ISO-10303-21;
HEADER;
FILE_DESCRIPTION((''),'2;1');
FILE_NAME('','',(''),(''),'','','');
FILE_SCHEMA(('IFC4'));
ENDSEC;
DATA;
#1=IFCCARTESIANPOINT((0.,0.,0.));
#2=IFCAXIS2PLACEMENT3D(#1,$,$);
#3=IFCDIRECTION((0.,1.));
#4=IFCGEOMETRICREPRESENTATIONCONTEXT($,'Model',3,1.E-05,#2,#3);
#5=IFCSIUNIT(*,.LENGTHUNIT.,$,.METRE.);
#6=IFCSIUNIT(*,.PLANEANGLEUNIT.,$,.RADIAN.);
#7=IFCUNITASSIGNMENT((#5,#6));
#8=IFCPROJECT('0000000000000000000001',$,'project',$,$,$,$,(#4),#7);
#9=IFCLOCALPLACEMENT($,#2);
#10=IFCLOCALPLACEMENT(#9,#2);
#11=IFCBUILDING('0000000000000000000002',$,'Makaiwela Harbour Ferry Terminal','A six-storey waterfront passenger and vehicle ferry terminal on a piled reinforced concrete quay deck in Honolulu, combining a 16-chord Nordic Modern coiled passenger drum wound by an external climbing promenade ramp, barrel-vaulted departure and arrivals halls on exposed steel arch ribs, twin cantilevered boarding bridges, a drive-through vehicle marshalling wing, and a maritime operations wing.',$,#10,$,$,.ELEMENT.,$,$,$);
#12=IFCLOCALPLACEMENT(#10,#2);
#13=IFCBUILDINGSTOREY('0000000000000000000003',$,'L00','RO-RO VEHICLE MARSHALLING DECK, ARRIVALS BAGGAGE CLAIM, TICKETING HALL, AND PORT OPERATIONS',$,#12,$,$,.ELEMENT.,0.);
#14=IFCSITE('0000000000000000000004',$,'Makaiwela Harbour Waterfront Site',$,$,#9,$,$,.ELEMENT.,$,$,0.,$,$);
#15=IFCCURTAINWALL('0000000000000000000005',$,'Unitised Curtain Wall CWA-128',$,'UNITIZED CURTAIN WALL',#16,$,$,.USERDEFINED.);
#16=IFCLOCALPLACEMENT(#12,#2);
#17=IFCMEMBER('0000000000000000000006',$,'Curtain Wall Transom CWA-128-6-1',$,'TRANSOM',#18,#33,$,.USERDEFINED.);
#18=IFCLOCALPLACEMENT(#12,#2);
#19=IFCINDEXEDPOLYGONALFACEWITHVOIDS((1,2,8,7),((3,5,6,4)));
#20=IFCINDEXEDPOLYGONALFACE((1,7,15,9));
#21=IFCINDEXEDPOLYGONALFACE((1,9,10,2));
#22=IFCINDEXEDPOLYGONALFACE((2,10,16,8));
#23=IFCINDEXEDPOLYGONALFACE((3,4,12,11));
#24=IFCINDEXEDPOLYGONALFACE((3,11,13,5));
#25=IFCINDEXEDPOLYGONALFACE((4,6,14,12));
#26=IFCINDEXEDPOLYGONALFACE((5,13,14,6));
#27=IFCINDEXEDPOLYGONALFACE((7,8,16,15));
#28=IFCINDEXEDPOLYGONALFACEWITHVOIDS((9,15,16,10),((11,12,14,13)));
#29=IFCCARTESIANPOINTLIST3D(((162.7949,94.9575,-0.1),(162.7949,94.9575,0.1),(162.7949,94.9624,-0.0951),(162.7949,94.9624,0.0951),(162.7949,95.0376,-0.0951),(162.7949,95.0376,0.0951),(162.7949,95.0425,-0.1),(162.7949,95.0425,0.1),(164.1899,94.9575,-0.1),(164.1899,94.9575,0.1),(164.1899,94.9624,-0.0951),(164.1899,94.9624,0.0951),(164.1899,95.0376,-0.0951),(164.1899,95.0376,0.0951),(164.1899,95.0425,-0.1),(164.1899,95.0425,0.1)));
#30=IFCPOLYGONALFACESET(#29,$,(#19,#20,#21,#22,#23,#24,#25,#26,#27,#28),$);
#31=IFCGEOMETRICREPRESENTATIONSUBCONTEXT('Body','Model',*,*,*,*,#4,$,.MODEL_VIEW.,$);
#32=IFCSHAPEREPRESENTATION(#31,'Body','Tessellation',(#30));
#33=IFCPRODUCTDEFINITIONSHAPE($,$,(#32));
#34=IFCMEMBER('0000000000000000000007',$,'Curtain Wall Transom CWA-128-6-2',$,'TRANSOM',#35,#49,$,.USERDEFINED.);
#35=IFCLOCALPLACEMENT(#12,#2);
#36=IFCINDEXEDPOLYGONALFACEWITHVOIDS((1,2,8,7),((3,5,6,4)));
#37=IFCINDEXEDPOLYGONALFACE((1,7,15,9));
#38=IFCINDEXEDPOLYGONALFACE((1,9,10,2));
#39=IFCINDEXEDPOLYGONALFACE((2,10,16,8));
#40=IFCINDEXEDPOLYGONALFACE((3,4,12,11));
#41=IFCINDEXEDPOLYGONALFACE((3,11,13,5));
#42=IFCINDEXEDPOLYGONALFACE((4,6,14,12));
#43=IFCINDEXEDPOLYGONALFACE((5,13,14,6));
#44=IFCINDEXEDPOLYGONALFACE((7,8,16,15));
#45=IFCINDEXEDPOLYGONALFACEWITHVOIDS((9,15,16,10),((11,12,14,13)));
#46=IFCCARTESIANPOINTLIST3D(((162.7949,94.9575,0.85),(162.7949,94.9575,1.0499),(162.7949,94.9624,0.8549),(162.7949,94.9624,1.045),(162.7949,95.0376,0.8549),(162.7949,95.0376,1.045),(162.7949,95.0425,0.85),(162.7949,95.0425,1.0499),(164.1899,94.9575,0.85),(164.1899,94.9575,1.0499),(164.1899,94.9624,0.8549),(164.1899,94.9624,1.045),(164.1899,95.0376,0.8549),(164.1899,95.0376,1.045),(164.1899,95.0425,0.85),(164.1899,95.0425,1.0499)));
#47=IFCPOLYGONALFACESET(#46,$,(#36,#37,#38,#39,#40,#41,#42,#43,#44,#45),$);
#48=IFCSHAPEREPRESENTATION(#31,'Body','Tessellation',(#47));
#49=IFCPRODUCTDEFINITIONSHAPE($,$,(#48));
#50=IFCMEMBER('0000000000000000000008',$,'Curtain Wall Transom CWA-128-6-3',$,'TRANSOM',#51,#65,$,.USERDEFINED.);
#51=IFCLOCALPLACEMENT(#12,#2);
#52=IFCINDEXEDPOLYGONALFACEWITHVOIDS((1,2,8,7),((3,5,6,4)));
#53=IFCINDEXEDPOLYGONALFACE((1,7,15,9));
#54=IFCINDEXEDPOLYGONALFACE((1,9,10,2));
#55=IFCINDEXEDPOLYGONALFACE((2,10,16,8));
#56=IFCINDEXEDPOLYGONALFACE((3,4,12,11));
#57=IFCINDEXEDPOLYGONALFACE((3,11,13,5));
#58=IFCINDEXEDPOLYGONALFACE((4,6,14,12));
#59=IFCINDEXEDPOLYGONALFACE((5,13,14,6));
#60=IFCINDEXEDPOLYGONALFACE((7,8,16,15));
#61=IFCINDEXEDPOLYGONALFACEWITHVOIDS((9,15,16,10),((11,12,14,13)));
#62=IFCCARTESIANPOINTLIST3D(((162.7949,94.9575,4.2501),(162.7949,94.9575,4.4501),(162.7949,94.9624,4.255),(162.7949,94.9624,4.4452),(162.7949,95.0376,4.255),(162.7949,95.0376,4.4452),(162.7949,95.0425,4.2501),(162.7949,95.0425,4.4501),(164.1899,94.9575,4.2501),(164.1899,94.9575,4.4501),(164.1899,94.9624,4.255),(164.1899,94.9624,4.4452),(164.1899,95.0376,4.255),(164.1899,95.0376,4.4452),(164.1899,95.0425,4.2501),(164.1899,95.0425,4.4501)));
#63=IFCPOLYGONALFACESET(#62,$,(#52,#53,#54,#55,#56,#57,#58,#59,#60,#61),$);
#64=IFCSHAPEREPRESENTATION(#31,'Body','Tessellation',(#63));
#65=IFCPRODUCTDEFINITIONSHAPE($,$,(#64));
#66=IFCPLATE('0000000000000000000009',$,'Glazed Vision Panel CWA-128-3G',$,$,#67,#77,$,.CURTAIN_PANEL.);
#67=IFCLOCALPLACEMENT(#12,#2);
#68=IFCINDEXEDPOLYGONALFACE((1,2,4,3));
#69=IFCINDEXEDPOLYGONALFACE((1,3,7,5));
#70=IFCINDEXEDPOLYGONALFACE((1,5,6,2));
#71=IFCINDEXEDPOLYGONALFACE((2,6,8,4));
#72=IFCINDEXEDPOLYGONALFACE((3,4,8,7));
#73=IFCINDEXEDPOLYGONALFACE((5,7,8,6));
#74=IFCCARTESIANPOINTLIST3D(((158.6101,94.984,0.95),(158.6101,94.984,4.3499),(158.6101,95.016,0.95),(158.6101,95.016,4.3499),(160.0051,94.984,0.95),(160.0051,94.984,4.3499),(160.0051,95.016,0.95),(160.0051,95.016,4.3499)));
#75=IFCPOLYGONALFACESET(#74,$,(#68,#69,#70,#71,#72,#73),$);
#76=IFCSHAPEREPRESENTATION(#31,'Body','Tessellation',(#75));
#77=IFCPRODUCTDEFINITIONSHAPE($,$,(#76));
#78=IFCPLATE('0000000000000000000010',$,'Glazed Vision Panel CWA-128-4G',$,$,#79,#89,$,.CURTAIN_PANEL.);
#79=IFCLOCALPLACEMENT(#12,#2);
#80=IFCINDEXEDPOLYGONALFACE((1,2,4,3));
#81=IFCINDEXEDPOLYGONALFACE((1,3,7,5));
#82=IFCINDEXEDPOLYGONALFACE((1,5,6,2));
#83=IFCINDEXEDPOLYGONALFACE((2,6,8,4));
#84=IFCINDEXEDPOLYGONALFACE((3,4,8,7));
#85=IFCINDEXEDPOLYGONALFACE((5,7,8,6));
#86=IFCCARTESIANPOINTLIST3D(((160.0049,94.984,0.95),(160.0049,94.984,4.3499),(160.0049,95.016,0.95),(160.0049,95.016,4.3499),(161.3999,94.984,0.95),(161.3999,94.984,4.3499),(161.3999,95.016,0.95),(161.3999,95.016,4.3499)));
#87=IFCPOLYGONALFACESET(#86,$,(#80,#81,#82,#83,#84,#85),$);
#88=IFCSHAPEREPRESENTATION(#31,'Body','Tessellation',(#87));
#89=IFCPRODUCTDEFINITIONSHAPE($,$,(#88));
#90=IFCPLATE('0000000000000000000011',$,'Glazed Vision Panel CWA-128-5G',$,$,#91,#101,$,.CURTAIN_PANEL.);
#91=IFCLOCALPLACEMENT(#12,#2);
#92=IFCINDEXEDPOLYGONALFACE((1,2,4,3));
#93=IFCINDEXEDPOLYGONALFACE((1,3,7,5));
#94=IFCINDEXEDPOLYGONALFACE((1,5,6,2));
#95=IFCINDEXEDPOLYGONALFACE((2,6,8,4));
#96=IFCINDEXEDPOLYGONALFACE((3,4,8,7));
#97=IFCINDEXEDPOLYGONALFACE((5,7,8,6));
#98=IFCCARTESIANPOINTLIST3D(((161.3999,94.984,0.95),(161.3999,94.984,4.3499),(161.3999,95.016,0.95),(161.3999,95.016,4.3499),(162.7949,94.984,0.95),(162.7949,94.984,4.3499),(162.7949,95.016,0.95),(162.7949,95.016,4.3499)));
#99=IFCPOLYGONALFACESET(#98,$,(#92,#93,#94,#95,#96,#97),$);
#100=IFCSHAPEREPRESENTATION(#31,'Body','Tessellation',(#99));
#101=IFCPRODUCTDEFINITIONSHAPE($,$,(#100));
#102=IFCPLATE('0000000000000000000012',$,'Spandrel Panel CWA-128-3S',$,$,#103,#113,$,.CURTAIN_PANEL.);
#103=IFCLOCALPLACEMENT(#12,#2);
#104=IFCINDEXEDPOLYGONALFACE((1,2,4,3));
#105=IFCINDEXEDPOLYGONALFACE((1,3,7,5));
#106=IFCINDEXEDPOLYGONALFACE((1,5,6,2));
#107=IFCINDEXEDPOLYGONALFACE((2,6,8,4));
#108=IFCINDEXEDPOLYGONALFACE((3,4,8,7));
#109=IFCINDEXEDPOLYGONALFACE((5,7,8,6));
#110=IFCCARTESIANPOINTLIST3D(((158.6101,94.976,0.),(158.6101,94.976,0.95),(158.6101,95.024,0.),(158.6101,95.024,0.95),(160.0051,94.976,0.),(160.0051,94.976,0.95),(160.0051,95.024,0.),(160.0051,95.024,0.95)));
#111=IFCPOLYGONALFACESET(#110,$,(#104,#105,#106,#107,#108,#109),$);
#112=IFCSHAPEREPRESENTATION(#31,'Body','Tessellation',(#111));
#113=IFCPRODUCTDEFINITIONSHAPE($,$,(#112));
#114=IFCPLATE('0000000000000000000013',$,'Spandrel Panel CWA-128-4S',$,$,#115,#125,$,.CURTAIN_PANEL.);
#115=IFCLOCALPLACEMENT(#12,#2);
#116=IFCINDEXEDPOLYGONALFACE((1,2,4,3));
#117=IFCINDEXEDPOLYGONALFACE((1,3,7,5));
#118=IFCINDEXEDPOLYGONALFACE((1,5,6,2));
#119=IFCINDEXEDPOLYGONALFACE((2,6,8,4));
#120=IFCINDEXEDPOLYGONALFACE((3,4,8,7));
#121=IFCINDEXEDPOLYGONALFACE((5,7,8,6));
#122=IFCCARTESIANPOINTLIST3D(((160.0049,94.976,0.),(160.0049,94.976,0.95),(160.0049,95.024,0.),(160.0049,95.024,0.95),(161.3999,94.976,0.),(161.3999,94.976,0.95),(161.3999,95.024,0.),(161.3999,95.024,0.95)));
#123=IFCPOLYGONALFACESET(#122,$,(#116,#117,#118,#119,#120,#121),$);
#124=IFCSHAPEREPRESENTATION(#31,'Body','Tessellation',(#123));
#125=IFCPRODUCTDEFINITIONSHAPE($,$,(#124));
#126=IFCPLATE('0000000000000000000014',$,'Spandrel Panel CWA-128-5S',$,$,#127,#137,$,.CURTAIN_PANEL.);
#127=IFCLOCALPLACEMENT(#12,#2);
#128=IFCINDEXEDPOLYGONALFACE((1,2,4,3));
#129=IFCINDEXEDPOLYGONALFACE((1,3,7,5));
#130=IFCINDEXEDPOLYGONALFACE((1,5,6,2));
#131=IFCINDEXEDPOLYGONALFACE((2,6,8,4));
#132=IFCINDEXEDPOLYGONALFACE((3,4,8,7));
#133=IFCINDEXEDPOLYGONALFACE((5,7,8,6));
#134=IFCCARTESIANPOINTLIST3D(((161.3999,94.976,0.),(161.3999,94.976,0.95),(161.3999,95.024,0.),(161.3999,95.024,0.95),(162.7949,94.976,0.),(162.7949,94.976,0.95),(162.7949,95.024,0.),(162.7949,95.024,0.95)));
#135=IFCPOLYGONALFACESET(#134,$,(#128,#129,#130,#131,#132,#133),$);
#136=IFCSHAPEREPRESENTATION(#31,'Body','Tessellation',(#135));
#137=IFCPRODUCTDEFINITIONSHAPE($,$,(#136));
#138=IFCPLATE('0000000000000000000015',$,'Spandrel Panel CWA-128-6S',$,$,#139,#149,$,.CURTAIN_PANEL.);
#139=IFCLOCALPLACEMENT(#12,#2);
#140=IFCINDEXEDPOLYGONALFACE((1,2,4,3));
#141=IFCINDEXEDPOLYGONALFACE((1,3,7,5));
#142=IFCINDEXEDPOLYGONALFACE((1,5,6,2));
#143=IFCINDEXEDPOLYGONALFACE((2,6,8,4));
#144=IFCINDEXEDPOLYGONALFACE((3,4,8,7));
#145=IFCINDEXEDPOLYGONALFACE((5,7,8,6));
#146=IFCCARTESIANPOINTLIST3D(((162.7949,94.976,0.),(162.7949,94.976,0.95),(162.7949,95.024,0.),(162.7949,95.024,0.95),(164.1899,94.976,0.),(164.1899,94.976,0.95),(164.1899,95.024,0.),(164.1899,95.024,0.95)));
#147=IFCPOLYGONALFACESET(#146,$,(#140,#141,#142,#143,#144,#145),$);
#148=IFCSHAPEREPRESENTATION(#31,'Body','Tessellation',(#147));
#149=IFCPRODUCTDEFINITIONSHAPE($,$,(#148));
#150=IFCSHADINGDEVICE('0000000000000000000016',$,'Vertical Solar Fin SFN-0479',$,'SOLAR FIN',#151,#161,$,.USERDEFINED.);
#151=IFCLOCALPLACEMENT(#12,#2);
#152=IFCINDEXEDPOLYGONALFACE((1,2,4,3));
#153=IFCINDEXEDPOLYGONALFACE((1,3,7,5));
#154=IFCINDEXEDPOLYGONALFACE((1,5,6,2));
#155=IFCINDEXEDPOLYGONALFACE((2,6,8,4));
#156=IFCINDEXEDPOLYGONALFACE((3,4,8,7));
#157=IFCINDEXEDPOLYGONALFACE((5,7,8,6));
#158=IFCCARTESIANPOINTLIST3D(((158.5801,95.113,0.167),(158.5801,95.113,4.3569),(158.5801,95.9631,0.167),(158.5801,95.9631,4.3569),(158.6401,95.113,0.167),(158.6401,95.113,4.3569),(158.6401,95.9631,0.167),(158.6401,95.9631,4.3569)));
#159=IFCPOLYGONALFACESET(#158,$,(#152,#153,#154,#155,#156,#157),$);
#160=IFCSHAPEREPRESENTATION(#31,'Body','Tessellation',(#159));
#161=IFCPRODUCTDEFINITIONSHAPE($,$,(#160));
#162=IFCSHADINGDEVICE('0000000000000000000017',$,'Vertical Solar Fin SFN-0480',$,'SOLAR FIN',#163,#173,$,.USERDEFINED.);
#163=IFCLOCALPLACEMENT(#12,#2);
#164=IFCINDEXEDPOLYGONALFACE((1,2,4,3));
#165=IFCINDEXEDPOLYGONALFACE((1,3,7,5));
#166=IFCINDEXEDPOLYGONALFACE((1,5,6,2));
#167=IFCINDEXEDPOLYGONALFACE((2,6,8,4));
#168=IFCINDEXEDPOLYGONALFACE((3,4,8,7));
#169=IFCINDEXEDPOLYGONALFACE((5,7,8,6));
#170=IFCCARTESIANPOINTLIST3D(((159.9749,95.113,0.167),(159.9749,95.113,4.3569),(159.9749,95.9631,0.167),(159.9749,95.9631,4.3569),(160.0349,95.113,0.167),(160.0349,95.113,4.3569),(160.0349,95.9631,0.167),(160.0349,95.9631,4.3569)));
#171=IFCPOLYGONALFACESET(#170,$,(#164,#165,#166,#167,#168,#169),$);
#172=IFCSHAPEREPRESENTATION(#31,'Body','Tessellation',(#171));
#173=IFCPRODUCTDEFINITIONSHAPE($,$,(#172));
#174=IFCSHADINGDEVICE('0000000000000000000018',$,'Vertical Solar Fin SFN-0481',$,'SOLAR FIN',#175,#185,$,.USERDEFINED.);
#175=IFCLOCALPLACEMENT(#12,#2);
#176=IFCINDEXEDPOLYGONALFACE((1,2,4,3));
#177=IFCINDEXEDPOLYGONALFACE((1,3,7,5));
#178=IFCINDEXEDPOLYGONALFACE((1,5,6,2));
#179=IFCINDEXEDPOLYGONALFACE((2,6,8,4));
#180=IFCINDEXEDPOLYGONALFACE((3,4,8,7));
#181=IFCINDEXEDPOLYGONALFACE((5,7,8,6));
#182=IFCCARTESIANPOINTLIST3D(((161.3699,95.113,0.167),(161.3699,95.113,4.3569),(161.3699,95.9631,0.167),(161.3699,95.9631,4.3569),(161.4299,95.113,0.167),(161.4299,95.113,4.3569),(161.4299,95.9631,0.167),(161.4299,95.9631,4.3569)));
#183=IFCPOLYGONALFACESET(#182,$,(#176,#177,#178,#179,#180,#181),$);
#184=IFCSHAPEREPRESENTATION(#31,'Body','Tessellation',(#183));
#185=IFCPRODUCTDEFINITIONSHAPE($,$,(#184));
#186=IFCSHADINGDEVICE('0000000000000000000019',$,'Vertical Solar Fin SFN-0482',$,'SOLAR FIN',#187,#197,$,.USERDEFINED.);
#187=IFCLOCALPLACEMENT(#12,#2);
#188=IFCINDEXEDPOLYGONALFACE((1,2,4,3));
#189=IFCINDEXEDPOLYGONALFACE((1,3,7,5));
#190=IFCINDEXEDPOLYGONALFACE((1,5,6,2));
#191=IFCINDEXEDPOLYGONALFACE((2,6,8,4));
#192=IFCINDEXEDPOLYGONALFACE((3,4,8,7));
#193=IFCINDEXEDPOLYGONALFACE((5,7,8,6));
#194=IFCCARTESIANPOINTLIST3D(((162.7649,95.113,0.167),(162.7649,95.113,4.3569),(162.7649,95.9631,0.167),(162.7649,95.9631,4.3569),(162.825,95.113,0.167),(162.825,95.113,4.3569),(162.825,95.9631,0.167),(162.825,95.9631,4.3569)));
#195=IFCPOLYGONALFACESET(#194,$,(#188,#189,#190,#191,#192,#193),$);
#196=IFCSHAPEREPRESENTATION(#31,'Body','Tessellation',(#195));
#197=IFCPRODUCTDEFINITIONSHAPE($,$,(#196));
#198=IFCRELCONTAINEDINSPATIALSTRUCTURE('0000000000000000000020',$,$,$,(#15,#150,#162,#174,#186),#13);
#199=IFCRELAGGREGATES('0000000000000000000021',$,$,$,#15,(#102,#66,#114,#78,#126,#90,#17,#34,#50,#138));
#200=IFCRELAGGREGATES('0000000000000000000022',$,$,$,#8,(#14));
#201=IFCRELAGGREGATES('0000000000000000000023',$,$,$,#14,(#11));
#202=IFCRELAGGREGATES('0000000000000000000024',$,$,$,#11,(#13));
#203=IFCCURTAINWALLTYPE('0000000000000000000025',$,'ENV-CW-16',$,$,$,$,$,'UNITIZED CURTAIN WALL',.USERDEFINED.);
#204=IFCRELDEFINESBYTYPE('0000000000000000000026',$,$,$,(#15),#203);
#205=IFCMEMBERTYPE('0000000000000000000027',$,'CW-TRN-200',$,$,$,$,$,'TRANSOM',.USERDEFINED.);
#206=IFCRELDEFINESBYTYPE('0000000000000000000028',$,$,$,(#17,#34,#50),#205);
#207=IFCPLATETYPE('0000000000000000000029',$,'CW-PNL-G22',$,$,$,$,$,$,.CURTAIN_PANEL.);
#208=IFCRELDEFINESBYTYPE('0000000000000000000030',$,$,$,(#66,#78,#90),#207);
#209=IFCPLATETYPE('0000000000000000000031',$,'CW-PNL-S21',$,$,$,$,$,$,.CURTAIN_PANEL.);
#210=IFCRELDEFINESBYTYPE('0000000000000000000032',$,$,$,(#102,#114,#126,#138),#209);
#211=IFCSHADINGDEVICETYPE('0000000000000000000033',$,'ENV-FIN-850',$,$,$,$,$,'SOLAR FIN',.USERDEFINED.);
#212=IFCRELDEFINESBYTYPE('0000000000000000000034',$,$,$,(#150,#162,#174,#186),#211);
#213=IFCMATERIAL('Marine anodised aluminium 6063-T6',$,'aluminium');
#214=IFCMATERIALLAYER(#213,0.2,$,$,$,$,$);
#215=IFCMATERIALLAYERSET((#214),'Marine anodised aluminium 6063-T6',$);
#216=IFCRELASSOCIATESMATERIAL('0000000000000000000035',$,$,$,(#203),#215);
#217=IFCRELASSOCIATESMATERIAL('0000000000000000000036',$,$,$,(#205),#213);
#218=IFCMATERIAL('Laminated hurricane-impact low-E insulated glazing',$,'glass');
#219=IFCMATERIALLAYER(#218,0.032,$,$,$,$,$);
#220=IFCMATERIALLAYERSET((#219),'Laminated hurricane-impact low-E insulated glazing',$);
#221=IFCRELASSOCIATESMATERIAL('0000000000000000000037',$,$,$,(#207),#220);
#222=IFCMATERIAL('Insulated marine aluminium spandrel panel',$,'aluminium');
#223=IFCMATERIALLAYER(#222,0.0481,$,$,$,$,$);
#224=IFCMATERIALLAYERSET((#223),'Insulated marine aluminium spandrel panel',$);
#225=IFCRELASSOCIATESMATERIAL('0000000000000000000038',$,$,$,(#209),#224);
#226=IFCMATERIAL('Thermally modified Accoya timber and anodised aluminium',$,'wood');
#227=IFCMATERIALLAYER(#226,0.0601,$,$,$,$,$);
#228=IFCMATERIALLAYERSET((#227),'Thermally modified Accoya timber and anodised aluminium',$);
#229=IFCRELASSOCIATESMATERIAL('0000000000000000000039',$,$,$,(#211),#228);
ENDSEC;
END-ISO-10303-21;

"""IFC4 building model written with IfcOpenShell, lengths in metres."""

from ifc_helpers import new_model, si_unit, direction, frame, origin, origin_2d, place, context, subcontext, project, spatial, rectangle, hollow_rectangle, extrude, material, layer, layer_set, material_profile, profile_set, type_object, element, aggregate, save


model = new_model("IFC4")

# Units and contexts
model_context = context("Model", 3, precision=1e-05, world=origin(), true_north=direction((0.0, 1.0)))
body_context = subcontext(model_context, "Body", "Model", "MODEL_VIEW")
ifc_project = project(units=[si_unit("LENGTHUNIT", "METRE"), si_unit("PLANEANGLEUNIT", "RADIAN")], contexts=[model_context])

# Site, building, storey
site_placement = place(None, origin())
site = spatial("IfcSite", under=ifc_project, at=site_placement, Name="Makaiwela Harbour Waterfront Site", CompositionType="ELEMENT", RefElevation=0.0)
building_placement = place(site_placement, origin())
building = spatial("IfcBuilding", under=site, at=building_placement, Name="Makaiwela Harbour Ferry Terminal", Description="A six-storey waterfront passenger and vehicle ferry terminal on a piled reinforced concrete quay deck in Honolulu, combining a 16-chord Nordic Modern coiled passenger drum wound by an external climbing promenade ramp, barrel-vaulted departure and arrivals halls on exposed steel arch ribs, twin cantilevered boarding bridges, a drive-through vehicle marshalling wing, and a maritime operations wing.", CompositionType="ELEMENT")
storey_placement = place(building_placement, origin())
storey = spatial("IfcBuildingStorey", under=building, at=storey_placement, Name="L00", Description="RO-RO VEHICLE MARSHALLING DECK, ARRIVALS BAGGAGE CLAIM, TICKETING HALL, AND PORT OPERATIONS", CompositionType="ELEMENT", Elevation=0.0)

# Curtain wall, members, plates
ifc_material_1 = material(Name="Marine anodised aluminium 6063-T6", Category="aluminium")
ifc_layer_1 = layer(ifc_material_1, 0.2)
ifc_layer_set_1 = layer_set([ifc_layer_1], Name="Marine anodised aluminium 6063-T6")
curtain_wall_type = type_object("IfcCurtainWallType", Name="ENV-CW-16", ElementType="UNITIZED CURTAIN WALL", PredefinedType="USERDEFINED", material=ifc_layer_set_1)
curtain_wall_placement = place(storey_placement, origin())
curtain_wall = element("IfcCurtainWall", 1, at=curtain_wall_placement, inside=storey, type_object=curtain_wall_type, Name="Unitised Curtain Wall CWA-128", ObjectType="UNITIZED CURTAIN WALL", PredefinedType="USERDEFINED")
ifc_material_profile_1 = material_profile(ifc_material_1, hollow_rectangle(XDim=0.085, YDim=0.2, WallThickness=0.0049, at=origin_2d()), Name="CWT-200X85")
ifc_profile_set_1 = profile_set([ifc_material_profile_1], Name="Marine anodised aluminium 6063-T6")
member_type_1 = type_object("IfcMemberType", Name="CW-TRN-200", ElementType="TRANSOM", PredefinedType="USERDEFINED", material=ifc_profile_set_1)
member_1_placement = place(storey_placement, frame((162.7949, 95.0, 0.0), z_axis=(1.0, 0.0, 0.0), x_axis=(0.0, 1.0, 0.0)))
member_1 = element("IfcMember", 2, at=member_1_placement, type_object=member_type_1, Name="Curtain Wall Transom CWA-128-6-1", ObjectType="TRANSOM", PredefinedType="USERDEFINED", context=body_context, shape_type="SweptSolid", body=[
    extrude(hollow_rectangle(XDim=0.085, YDim=0.2, WallThickness=0.0049, at=origin_2d()), origin(), (0.0, 0.0, 1.0), 1.395),
])
member_2_placement = place(storey_placement, frame((162.7949, 95.0, 0.95), z_axis=(1.0, 0.0, 0.0), x_axis=(0.0, 1.0, 0.0)))
member_2 = element("IfcMember", 3, at=member_2_placement, type_object=member_type_1, Name="Curtain Wall Transom CWA-128-6-2", ObjectType="TRANSOM", PredefinedType="USERDEFINED", context=body_context, shape_type="SweptSolid", body=[
    extrude(hollow_rectangle(XDim=0.085, YDim=0.2, WallThickness=0.0049, at=origin_2d()), origin(), (0.0, 0.0, 1.0), 1.395),
])
member_3_placement = place(storey_placement, frame((162.7949, 95.0, 4.3501), z_axis=(1.0, 0.0, 0.0), x_axis=(0.0, 1.0, 0.0)))
member_3 = element("IfcMember", 4, at=member_3_placement, type_object=member_type_1, Name="Curtain Wall Transom CWA-128-6-3", ObjectType="TRANSOM", PredefinedType="USERDEFINED", context=body_context, shape_type="SweptSolid", body=[
    extrude(hollow_rectangle(XDim=0.085, YDim=0.2, WallThickness=0.0049, at=origin_2d()), origin(), (0.0, 0.0, 1.0), 1.395),
])
ifc_material_2 = material(Name="Laminated hurricane-impact low-E insulated glazing", Category="glass")
ifc_layer_2 = layer(ifc_material_2, 0.032)
ifc_layer_set_2 = layer_set([ifc_layer_2], Name="Laminated hurricane-impact low-E insulated glazing")
plate_type_1 = type_object("IfcPlateType", Name="CW-PNL-G22", PredefinedType="CURTAIN_PANEL", material=ifc_layer_set_2)
plate_1_placement = place(storey_placement, frame((159.3076, 95.0, 0.95), z_axis=(0.0, 0.0, 1.0), x_axis=(1.0, 0.0, 0.0)))
plate_1 = element("IfcPlate", 5, at=plate_1_placement, type_object=plate_type_1, Name="Glazed Vision Panel CWA-128-3G", PredefinedType="CURTAIN_PANEL", context=body_context, shape_type="SweptSolid", body=[
    extrude(rectangle(XDim=1.395, YDim=0.032, at=origin_2d()), origin(), (0.0, 0.0, 1.0), 3.3999),
])
plate_2_placement = place(storey_placement, frame((160.7024, 95.0, 0.95), z_axis=(0.0, 0.0, 1.0), x_axis=(1.0, 0.0, 0.0)))
plate_2 = element("IfcPlate", 6, at=plate_2_placement, type_object=plate_type_1, Name="Glazed Vision Panel CWA-128-4G", PredefinedType="CURTAIN_PANEL", context=body_context, shape_type="SweptSolid", body=[
    extrude(rectangle(XDim=1.395, YDim=0.032, at=origin_2d()), origin(), (0.0, 0.0, 1.0), 3.3999),
])
plate_3_placement = place(storey_placement, frame((162.0974, 95.0, 0.95), z_axis=(0.0, 0.0, 1.0), x_axis=(1.0, 0.0, 0.0)))
plate_3 = element("IfcPlate", 7, at=plate_3_placement, type_object=plate_type_1, Name="Glazed Vision Panel CWA-128-5G", PredefinedType="CURTAIN_PANEL", context=body_context, shape_type="SweptSolid", body=[
    extrude(rectangle(XDim=1.395, YDim=0.032, at=origin_2d()), origin(), (0.0, 0.0, 1.0), 3.3999),
])
ifc_material_3 = material(Name="Insulated marine aluminium spandrel panel", Category="aluminium")
ifc_layer_3 = layer(ifc_material_3, 0.0481)
ifc_layer_set_3 = layer_set([ifc_layer_3], Name="Insulated marine aluminium spandrel panel")
plate_type_2 = type_object("IfcPlateType", Name="CW-PNL-S21", PredefinedType="CURTAIN_PANEL", material=ifc_layer_set_3)
plate_4_placement = place(storey_placement, frame((159.3076, 95.0, 0.0), z_axis=(0.0, 0.0, 1.0), x_axis=(1.0, 0.0, 0.0)))
plate_4 = element("IfcPlate", 8, at=plate_4_placement, type_object=plate_type_2, Name="Spandrel Panel CWA-128-3S", PredefinedType="CURTAIN_PANEL", context=body_context, shape_type="SweptSolid", body=[
    extrude(rectangle(XDim=1.395, YDim=0.0481, at=origin_2d()), origin(), (0.0, 0.0, 1.0), 0.95),
])
plate_5_placement = place(storey_placement, frame((160.7024, 95.0, 0.0), z_axis=(0.0, 0.0, 1.0), x_axis=(1.0, 0.0, 0.0)))
plate_5 = element("IfcPlate", 9, at=plate_5_placement, type_object=plate_type_2, Name="Spandrel Panel CWA-128-4S", PredefinedType="CURTAIN_PANEL", context=body_context, shape_type="SweptSolid", body=[
    extrude(rectangle(XDim=1.395, YDim=0.0481, at=origin_2d()), origin(), (0.0, 0.0, 1.0), 0.95),
])
plate_6_placement = place(storey_placement, frame((162.0974, 95.0, 0.0), z_axis=(0.0, 0.0, 1.0), x_axis=(1.0, 0.0, 0.0)))
plate_6 = element("IfcPlate", 10, at=plate_6_placement, type_object=plate_type_2, Name="Spandrel Panel CWA-128-5S", PredefinedType="CURTAIN_PANEL", context=body_context, shape_type="SweptSolid", body=[
    extrude(rectangle(XDim=1.395, YDim=0.0481, at=origin_2d()), origin(), (0.0, 0.0, 1.0), 0.95),
])
plate_7_placement = place(storey_placement, frame((163.4924, 95.0, 0.0), z_axis=(0.0, 0.0, 1.0), x_axis=(1.0, 0.0, 0.0)))
plate_7 = element("IfcPlate", 11, at=plate_7_placement, type_object=plate_type_2, Name="Spandrel Panel CWA-128-6S", PredefinedType="CURTAIN_PANEL", context=body_context, shape_type="SweptSolid", body=[
    extrude(rectangle(XDim=1.395, YDim=0.0481, at=origin_2d()), origin(), (0.0, 0.0, 1.0), 0.95),
])
aggregate(curtain_wall, [plate_4, plate_1, plate_5, plate_2, plate_6, plate_3, member_1, member_2, member_3, plate_7])

# Shading devices
ifc_material_4 = material(Name="Thermally modified Accoya timber and anodised aluminium", Category="wood")
ifc_layer_4 = layer(ifc_material_4, 0.0601)
ifc_layer_set_4 = layer_set([ifc_layer_4], Name="Thermally modified Accoya timber and anodised aluminium")
shading_device_type = type_object("IfcShadingDeviceType", Name="ENV-FIN-850", ElementType="SOLAR FIN", PredefinedType="USERDEFINED", material=ifc_layer_set_4)
for number, where, z_axis, x_axis, name in (
    (12, (158.6101, 95.5381, 0.167), (0.0, 0.0, 1.0), (0.0, 1.0, 0.0), "Vertical Solar Fin SFN-0479"),
    (13, (160.0049, 95.5381, 0.167), (0.0, 0.0, 1.0), (0.0, 1.0, 0.0), "Vertical Solar Fin SFN-0480"),
    (14, (161.3999, 95.5381, 0.167), (0.0, 0.0, 1.0), (0.0, 1.0, 0.0), "Vertical Solar Fin SFN-0481"),
    (15, (162.7949, 95.5381, 0.167), (0.0, 0.0, 1.0), (0.0, 1.0, 0.0), "Vertical Solar Fin SFN-0482"),
):
    element("IfcShadingDevice", number, at=place(storey_placement, frame(where, z_axis=z_axis, x_axis=x_axis)), inside=storey, type_object=shading_device_type, Name=name, ObjectType="SOLAR FIN", PredefinedType="USERDEFINED", context=body_context, shape_type="SweptSolid", body=[
        extrude(rectangle(XDim=0.8501, YDim=0.0601, at=origin_2d()), origin(), (0.0, 0.0, 1.0), 4.1899),
    ])

save(model, "model.ifc")
